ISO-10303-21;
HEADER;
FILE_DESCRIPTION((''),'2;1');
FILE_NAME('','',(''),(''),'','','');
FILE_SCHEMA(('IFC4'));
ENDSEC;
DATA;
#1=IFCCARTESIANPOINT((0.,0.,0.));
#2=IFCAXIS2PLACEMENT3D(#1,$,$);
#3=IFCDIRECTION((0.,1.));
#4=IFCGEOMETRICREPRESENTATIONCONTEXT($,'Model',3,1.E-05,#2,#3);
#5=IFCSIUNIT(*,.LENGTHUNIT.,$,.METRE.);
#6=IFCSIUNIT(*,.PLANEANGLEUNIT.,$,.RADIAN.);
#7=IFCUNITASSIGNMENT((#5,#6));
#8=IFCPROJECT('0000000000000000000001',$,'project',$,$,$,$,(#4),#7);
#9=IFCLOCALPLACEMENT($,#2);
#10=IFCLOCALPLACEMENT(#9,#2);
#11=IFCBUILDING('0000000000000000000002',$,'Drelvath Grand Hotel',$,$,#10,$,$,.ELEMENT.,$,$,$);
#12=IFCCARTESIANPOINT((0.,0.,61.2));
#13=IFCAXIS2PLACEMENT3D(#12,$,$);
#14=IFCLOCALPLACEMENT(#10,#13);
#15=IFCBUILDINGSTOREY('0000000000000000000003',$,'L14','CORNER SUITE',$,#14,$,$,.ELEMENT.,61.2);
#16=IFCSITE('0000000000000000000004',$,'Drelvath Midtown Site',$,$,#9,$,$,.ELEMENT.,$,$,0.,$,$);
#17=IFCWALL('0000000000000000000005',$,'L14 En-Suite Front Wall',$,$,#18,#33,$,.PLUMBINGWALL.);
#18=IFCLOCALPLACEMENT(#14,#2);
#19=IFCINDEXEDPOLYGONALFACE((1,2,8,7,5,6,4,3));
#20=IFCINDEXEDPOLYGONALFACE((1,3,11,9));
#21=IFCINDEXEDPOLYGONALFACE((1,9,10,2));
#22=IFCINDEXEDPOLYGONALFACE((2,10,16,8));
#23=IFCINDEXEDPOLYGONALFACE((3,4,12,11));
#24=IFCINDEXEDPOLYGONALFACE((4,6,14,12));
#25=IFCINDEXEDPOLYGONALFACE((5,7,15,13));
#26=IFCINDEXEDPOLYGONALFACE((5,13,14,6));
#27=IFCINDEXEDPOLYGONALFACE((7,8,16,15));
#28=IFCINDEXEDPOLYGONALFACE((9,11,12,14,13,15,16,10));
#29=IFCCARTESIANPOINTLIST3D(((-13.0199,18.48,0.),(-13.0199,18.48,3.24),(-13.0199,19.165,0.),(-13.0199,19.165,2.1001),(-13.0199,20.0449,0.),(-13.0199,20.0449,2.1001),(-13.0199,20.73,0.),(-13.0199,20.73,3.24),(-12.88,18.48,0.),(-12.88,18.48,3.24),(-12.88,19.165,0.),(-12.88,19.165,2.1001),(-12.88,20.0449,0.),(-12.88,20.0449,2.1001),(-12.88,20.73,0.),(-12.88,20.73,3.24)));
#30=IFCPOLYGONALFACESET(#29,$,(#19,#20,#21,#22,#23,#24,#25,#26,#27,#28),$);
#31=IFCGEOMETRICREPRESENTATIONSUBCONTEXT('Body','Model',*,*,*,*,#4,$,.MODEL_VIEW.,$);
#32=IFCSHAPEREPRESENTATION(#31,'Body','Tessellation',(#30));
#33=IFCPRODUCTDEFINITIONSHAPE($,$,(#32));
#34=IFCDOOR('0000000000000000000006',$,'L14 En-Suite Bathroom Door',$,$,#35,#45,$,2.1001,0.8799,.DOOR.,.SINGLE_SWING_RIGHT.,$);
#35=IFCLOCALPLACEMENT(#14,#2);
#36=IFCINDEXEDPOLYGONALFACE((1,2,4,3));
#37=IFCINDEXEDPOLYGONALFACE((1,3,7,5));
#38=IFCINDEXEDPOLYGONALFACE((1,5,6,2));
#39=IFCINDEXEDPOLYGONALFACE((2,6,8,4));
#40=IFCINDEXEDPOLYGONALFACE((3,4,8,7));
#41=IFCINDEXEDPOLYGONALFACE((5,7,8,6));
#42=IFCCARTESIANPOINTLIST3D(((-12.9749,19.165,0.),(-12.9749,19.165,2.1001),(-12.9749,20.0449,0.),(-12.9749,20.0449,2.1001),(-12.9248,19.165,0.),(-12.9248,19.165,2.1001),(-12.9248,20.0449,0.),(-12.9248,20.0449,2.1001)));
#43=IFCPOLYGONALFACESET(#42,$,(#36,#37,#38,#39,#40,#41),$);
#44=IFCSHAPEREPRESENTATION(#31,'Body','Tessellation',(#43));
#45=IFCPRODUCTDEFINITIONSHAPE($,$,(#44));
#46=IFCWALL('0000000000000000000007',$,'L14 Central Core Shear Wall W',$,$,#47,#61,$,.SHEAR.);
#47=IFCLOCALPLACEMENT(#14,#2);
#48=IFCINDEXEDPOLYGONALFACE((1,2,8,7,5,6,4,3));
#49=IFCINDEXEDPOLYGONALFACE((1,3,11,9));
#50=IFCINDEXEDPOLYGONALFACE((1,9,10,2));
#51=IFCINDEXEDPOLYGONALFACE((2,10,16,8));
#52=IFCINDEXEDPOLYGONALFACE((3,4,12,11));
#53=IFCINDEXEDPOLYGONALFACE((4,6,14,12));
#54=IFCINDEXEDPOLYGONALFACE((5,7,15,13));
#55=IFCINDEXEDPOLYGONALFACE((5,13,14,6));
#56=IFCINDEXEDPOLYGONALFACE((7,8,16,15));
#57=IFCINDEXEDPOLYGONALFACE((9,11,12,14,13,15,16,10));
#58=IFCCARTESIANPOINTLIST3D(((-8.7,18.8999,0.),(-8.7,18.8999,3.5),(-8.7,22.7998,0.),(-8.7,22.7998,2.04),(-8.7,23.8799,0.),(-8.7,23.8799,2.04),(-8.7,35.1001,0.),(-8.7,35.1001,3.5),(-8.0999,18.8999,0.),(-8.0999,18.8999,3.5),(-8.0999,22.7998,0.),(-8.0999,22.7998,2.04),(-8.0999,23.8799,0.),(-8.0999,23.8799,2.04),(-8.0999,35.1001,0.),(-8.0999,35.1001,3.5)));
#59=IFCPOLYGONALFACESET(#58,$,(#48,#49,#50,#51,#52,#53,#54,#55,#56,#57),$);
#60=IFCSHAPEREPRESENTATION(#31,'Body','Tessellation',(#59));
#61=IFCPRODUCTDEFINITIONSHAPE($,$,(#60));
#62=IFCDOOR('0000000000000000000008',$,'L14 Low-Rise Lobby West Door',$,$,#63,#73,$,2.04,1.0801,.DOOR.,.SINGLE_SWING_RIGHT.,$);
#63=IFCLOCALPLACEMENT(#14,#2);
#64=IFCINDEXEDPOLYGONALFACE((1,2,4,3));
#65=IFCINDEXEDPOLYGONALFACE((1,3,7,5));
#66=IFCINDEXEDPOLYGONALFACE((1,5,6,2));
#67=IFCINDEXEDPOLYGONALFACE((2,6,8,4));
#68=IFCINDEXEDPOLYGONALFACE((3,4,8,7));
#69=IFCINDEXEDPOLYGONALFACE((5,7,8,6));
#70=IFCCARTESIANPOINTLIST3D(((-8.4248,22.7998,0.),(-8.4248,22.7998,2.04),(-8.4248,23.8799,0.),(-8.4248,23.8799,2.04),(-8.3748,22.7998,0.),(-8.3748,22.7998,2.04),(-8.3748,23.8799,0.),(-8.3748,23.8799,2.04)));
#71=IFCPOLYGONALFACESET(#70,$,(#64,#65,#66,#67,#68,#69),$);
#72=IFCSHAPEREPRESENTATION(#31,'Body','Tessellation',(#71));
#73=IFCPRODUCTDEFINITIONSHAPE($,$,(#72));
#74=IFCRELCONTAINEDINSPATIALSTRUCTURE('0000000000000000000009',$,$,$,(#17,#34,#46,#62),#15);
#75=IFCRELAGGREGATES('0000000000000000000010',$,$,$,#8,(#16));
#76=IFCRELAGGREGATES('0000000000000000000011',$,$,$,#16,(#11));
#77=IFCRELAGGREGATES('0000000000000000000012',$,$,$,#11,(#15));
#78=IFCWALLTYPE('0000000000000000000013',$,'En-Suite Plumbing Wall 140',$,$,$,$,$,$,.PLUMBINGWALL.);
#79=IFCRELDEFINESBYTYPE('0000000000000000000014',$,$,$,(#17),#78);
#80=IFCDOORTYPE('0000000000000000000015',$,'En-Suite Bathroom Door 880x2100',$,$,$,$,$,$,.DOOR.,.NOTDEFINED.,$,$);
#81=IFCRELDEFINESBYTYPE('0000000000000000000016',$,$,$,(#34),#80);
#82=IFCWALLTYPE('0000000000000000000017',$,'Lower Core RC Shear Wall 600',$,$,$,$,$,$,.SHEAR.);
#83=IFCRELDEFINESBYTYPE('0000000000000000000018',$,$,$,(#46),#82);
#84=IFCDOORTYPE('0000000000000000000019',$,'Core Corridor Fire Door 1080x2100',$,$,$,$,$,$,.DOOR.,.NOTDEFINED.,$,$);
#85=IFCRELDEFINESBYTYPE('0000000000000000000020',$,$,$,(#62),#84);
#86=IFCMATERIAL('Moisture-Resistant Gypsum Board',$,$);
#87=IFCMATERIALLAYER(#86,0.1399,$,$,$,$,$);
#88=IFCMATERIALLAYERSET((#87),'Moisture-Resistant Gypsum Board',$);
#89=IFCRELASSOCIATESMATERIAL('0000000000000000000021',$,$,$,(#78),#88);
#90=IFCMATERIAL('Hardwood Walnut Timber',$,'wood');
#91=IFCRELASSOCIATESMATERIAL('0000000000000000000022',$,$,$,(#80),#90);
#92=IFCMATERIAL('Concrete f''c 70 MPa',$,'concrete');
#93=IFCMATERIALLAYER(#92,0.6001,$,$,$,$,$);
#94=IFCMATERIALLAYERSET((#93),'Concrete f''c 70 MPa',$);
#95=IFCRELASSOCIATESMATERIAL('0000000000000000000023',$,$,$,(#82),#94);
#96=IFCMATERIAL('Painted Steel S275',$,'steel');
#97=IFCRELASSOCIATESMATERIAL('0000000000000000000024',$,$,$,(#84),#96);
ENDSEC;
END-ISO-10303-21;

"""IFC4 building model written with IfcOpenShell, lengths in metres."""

from ifc_helpers import new_model, si_unit, direction, frame, frame_2d, origin, place, context, subcontext, project, spatial, rectangle, extrude, material, layer, layer_set, type_object, element, fill, save


model = new_model("IFC4")

# Units and contexts
model_context = context("Model", 3, precision=1e-05, world=origin(), true_north=direction((0.0, 1.0)))
body_context = subcontext(model_context, "Body", "Model", "MODEL_VIEW")
ifc_project = project(units=[si_unit("LENGTHUNIT", "METRE"), si_unit("PLANEANGLEUNIT", "RADIAN")], contexts=[model_context])

# Site, building, storey
site_placement = place(None, origin())
site = spatial("IfcSite", under=ifc_project, at=site_placement, Name="Drelvath Midtown Site", CompositionType="ELEMENT", RefElevation=0.0)
building_placement = place(site_placement, origin())
building = spatial("IfcBuilding", under=site, at=building_placement, Name="Drelvath Grand Hotel", CompositionType="ELEMENT")
storey_placement = place(building_placement, frame((0.0, 0.0, 61.2)))
storey = spatial("IfcBuildingStorey", under=building, at=storey_placement, Name="L14", Description="CORNER SUITE", CompositionType="ELEMENT", Elevation=61.2)

# Shared definitions
ifc_material_1 = material(Name="Hardwood Walnut Timber", Category="wood")

# Shared definitions
ifc_material_2 = material(Name="Moisture-Resistant Gypsum Board")
ifc_layer_1 = layer(ifc_material_2, 0.1399)
ifc_layer_set_1 = layer_set([ifc_layer_1], Name="Moisture-Resistant Gypsum Board")
wall_type_1 = type_object("IfcWallType", Name="En-Suite Plumbing Wall 140", PredefinedType="PLUMBINGWALL", material=ifc_layer_set_1)

# Shared definitions
door_type_1 = type_object("IfcDoorType", Name="En-Suite Bathroom Door 880x2100", OperationType="NOTDEFINED", PredefinedType="DOOR", material=ifc_material_1)

# Walls, openings, doors
wall_1_placement = place(storey_placement, frame((-12.95, 18.48, 0.0), z_axis=(0.0, 0.0, 1.0), x_axis=(0.0, 1.0, 0.0)))
wall_1 = element("IfcWall", 1, at=wall_1_placement, inside=storey, type_object=wall_type_1, Name="L14 En-Suite Front Wall", PredefinedType="PLUMBINGWALL", context=body_context, shape_type="SweptSolid", body=[
    extrude(rectangle(XDim=2.25, YDim=0.1399, at=frame_2d((1.125, 0.0))), origin(), (0.0, 0.0, 1.0), 3.24),
])
opening_1_placement = place(wall_1_placement, frame((0.6851, 0.0, 0.0)))
opening_1 = element("IfcOpeningElement", 2, at=opening_1_placement, cuts=wall_1, PredefinedType="OPENING", context=body_context, shape_type="SweptSolid", body=[
    extrude(rectangle(XDim=0.8799, YDim=2.1001, at=frame_2d((0.4399, 1.05))), frame((0.0, 0.0798, 0.0), z_axis=(0.0, -1.0, 0.0), x_axis=(1.0, 0.0, 0.0)), (0.0, 0.0, 1.0), 0.1599),
])
door_1_placement = place(opening_1_placement, origin())
door_1 = element("IfcDoor", 3, at=door_1_placement, inside=storey, type_object=door_type_1, Name="L14 En-Suite Bathroom Door", OperationType="SINGLE_SWING_RIGHT", OverallHeight=2.1001, OverallWidth=0.8799, PredefinedType="DOOR", context=body_context, shape_type="SweptSolid", body=[
    extrude(rectangle(XDim=0.8799, YDim=2.1001, at=frame_2d((0.4399, 1.05))), frame((0.0, 0.0249, 0.0), z_axis=(0.0, -1.0, 0.0), x_axis=(1.0, 0.0, 0.0)), (0.0, 0.0, 1.0), 0.05),
])
fill(opening_1, door_1)
ifc_material_3 = material(Name="Concrete f'c 70 MPa", Category="concrete")
ifc_layer_2 = layer(ifc_material_3, 0.6001)
ifc_layer_set_2 = layer_set([ifc_layer_2], Name="Concrete f'c 70 MPa")
wall_type_2 = type_object("IfcWallType", Name="Lower Core RC Shear Wall 600", PredefinedType="SHEAR", material=ifc_layer_set_2)
wall_2_placement = place(storey_placement, frame((-8.3999, 18.8999, 0.0), z_axis=(0.0, 0.0, 1.0), x_axis=(0.0, 1.0, 0.0)))
wall_2 = element("IfcWall", 4, at=wall_2_placement, inside=storey, type_object=wall_type_2, Name="L14 Central Core Shear Wall W", PredefinedType="SHEAR", context=body_context, shape_type="SweptSolid", body=[
    extrude(rectangle(XDim=16.2002, YDim=0.6001, at=frame_2d((8.1001, 0.0))), origin(), (0.0, 0.0, 1.0), 3.5),
])
opening_2_placement = place(wall_2_placement, frame((3.8999, 0.0, 0.0)))
opening_2 = element("IfcOpeningElement", 5, at=opening_2_placement, cuts=wall_2, PredefinedType="OPENING", context=body_context, shape_type="SweptSolid", body=[
    extrude(rectangle(XDim=1.0801, YDim=2.04, at=frame_2d((0.54, 1.02))), frame((0.0, 0.3101, 0.0), z_axis=(0.0, -1.0, 0.0), x_axis=(1.0, 0.0, 0.0)), (0.0, 0.0, 1.0), 0.6201),
])
ifc_material_4 = material(Name="Painted Steel S275", Category="steel")
door_type_2 = type_object("IfcDoorType", Name="Core Corridor Fire Door 1080x2100", OperationType="NOTDEFINED", PredefinedType="DOOR", material=ifc_material_4)
door_2_placement = place(opening_2_placement, origin())
door_2 = element("IfcDoor", 6, at=door_2_placement, inside=storey, type_object=door_type_2, Name="L14 Low-Rise Lobby West Door", OperationType="SINGLE_SWING_RIGHT", OverallHeight=2.04, OverallWidth=1.0801, PredefinedType="DOOR", context=body_context, shape_type="SweptSolid", body=[
    extrude(rectangle(XDim=1.0801, YDim=2.04, at=frame_2d((0.54, 1.02))), frame((0.0, 0.0249, 0.0), z_axis=(0.0, -1.0, 0.0), x_axis=(1.0, 0.0, 0.0)), (0.0, 0.0, 1.0), 0.05),
])
fill(opening_2, door_2)

save(model, "model.ifc")
